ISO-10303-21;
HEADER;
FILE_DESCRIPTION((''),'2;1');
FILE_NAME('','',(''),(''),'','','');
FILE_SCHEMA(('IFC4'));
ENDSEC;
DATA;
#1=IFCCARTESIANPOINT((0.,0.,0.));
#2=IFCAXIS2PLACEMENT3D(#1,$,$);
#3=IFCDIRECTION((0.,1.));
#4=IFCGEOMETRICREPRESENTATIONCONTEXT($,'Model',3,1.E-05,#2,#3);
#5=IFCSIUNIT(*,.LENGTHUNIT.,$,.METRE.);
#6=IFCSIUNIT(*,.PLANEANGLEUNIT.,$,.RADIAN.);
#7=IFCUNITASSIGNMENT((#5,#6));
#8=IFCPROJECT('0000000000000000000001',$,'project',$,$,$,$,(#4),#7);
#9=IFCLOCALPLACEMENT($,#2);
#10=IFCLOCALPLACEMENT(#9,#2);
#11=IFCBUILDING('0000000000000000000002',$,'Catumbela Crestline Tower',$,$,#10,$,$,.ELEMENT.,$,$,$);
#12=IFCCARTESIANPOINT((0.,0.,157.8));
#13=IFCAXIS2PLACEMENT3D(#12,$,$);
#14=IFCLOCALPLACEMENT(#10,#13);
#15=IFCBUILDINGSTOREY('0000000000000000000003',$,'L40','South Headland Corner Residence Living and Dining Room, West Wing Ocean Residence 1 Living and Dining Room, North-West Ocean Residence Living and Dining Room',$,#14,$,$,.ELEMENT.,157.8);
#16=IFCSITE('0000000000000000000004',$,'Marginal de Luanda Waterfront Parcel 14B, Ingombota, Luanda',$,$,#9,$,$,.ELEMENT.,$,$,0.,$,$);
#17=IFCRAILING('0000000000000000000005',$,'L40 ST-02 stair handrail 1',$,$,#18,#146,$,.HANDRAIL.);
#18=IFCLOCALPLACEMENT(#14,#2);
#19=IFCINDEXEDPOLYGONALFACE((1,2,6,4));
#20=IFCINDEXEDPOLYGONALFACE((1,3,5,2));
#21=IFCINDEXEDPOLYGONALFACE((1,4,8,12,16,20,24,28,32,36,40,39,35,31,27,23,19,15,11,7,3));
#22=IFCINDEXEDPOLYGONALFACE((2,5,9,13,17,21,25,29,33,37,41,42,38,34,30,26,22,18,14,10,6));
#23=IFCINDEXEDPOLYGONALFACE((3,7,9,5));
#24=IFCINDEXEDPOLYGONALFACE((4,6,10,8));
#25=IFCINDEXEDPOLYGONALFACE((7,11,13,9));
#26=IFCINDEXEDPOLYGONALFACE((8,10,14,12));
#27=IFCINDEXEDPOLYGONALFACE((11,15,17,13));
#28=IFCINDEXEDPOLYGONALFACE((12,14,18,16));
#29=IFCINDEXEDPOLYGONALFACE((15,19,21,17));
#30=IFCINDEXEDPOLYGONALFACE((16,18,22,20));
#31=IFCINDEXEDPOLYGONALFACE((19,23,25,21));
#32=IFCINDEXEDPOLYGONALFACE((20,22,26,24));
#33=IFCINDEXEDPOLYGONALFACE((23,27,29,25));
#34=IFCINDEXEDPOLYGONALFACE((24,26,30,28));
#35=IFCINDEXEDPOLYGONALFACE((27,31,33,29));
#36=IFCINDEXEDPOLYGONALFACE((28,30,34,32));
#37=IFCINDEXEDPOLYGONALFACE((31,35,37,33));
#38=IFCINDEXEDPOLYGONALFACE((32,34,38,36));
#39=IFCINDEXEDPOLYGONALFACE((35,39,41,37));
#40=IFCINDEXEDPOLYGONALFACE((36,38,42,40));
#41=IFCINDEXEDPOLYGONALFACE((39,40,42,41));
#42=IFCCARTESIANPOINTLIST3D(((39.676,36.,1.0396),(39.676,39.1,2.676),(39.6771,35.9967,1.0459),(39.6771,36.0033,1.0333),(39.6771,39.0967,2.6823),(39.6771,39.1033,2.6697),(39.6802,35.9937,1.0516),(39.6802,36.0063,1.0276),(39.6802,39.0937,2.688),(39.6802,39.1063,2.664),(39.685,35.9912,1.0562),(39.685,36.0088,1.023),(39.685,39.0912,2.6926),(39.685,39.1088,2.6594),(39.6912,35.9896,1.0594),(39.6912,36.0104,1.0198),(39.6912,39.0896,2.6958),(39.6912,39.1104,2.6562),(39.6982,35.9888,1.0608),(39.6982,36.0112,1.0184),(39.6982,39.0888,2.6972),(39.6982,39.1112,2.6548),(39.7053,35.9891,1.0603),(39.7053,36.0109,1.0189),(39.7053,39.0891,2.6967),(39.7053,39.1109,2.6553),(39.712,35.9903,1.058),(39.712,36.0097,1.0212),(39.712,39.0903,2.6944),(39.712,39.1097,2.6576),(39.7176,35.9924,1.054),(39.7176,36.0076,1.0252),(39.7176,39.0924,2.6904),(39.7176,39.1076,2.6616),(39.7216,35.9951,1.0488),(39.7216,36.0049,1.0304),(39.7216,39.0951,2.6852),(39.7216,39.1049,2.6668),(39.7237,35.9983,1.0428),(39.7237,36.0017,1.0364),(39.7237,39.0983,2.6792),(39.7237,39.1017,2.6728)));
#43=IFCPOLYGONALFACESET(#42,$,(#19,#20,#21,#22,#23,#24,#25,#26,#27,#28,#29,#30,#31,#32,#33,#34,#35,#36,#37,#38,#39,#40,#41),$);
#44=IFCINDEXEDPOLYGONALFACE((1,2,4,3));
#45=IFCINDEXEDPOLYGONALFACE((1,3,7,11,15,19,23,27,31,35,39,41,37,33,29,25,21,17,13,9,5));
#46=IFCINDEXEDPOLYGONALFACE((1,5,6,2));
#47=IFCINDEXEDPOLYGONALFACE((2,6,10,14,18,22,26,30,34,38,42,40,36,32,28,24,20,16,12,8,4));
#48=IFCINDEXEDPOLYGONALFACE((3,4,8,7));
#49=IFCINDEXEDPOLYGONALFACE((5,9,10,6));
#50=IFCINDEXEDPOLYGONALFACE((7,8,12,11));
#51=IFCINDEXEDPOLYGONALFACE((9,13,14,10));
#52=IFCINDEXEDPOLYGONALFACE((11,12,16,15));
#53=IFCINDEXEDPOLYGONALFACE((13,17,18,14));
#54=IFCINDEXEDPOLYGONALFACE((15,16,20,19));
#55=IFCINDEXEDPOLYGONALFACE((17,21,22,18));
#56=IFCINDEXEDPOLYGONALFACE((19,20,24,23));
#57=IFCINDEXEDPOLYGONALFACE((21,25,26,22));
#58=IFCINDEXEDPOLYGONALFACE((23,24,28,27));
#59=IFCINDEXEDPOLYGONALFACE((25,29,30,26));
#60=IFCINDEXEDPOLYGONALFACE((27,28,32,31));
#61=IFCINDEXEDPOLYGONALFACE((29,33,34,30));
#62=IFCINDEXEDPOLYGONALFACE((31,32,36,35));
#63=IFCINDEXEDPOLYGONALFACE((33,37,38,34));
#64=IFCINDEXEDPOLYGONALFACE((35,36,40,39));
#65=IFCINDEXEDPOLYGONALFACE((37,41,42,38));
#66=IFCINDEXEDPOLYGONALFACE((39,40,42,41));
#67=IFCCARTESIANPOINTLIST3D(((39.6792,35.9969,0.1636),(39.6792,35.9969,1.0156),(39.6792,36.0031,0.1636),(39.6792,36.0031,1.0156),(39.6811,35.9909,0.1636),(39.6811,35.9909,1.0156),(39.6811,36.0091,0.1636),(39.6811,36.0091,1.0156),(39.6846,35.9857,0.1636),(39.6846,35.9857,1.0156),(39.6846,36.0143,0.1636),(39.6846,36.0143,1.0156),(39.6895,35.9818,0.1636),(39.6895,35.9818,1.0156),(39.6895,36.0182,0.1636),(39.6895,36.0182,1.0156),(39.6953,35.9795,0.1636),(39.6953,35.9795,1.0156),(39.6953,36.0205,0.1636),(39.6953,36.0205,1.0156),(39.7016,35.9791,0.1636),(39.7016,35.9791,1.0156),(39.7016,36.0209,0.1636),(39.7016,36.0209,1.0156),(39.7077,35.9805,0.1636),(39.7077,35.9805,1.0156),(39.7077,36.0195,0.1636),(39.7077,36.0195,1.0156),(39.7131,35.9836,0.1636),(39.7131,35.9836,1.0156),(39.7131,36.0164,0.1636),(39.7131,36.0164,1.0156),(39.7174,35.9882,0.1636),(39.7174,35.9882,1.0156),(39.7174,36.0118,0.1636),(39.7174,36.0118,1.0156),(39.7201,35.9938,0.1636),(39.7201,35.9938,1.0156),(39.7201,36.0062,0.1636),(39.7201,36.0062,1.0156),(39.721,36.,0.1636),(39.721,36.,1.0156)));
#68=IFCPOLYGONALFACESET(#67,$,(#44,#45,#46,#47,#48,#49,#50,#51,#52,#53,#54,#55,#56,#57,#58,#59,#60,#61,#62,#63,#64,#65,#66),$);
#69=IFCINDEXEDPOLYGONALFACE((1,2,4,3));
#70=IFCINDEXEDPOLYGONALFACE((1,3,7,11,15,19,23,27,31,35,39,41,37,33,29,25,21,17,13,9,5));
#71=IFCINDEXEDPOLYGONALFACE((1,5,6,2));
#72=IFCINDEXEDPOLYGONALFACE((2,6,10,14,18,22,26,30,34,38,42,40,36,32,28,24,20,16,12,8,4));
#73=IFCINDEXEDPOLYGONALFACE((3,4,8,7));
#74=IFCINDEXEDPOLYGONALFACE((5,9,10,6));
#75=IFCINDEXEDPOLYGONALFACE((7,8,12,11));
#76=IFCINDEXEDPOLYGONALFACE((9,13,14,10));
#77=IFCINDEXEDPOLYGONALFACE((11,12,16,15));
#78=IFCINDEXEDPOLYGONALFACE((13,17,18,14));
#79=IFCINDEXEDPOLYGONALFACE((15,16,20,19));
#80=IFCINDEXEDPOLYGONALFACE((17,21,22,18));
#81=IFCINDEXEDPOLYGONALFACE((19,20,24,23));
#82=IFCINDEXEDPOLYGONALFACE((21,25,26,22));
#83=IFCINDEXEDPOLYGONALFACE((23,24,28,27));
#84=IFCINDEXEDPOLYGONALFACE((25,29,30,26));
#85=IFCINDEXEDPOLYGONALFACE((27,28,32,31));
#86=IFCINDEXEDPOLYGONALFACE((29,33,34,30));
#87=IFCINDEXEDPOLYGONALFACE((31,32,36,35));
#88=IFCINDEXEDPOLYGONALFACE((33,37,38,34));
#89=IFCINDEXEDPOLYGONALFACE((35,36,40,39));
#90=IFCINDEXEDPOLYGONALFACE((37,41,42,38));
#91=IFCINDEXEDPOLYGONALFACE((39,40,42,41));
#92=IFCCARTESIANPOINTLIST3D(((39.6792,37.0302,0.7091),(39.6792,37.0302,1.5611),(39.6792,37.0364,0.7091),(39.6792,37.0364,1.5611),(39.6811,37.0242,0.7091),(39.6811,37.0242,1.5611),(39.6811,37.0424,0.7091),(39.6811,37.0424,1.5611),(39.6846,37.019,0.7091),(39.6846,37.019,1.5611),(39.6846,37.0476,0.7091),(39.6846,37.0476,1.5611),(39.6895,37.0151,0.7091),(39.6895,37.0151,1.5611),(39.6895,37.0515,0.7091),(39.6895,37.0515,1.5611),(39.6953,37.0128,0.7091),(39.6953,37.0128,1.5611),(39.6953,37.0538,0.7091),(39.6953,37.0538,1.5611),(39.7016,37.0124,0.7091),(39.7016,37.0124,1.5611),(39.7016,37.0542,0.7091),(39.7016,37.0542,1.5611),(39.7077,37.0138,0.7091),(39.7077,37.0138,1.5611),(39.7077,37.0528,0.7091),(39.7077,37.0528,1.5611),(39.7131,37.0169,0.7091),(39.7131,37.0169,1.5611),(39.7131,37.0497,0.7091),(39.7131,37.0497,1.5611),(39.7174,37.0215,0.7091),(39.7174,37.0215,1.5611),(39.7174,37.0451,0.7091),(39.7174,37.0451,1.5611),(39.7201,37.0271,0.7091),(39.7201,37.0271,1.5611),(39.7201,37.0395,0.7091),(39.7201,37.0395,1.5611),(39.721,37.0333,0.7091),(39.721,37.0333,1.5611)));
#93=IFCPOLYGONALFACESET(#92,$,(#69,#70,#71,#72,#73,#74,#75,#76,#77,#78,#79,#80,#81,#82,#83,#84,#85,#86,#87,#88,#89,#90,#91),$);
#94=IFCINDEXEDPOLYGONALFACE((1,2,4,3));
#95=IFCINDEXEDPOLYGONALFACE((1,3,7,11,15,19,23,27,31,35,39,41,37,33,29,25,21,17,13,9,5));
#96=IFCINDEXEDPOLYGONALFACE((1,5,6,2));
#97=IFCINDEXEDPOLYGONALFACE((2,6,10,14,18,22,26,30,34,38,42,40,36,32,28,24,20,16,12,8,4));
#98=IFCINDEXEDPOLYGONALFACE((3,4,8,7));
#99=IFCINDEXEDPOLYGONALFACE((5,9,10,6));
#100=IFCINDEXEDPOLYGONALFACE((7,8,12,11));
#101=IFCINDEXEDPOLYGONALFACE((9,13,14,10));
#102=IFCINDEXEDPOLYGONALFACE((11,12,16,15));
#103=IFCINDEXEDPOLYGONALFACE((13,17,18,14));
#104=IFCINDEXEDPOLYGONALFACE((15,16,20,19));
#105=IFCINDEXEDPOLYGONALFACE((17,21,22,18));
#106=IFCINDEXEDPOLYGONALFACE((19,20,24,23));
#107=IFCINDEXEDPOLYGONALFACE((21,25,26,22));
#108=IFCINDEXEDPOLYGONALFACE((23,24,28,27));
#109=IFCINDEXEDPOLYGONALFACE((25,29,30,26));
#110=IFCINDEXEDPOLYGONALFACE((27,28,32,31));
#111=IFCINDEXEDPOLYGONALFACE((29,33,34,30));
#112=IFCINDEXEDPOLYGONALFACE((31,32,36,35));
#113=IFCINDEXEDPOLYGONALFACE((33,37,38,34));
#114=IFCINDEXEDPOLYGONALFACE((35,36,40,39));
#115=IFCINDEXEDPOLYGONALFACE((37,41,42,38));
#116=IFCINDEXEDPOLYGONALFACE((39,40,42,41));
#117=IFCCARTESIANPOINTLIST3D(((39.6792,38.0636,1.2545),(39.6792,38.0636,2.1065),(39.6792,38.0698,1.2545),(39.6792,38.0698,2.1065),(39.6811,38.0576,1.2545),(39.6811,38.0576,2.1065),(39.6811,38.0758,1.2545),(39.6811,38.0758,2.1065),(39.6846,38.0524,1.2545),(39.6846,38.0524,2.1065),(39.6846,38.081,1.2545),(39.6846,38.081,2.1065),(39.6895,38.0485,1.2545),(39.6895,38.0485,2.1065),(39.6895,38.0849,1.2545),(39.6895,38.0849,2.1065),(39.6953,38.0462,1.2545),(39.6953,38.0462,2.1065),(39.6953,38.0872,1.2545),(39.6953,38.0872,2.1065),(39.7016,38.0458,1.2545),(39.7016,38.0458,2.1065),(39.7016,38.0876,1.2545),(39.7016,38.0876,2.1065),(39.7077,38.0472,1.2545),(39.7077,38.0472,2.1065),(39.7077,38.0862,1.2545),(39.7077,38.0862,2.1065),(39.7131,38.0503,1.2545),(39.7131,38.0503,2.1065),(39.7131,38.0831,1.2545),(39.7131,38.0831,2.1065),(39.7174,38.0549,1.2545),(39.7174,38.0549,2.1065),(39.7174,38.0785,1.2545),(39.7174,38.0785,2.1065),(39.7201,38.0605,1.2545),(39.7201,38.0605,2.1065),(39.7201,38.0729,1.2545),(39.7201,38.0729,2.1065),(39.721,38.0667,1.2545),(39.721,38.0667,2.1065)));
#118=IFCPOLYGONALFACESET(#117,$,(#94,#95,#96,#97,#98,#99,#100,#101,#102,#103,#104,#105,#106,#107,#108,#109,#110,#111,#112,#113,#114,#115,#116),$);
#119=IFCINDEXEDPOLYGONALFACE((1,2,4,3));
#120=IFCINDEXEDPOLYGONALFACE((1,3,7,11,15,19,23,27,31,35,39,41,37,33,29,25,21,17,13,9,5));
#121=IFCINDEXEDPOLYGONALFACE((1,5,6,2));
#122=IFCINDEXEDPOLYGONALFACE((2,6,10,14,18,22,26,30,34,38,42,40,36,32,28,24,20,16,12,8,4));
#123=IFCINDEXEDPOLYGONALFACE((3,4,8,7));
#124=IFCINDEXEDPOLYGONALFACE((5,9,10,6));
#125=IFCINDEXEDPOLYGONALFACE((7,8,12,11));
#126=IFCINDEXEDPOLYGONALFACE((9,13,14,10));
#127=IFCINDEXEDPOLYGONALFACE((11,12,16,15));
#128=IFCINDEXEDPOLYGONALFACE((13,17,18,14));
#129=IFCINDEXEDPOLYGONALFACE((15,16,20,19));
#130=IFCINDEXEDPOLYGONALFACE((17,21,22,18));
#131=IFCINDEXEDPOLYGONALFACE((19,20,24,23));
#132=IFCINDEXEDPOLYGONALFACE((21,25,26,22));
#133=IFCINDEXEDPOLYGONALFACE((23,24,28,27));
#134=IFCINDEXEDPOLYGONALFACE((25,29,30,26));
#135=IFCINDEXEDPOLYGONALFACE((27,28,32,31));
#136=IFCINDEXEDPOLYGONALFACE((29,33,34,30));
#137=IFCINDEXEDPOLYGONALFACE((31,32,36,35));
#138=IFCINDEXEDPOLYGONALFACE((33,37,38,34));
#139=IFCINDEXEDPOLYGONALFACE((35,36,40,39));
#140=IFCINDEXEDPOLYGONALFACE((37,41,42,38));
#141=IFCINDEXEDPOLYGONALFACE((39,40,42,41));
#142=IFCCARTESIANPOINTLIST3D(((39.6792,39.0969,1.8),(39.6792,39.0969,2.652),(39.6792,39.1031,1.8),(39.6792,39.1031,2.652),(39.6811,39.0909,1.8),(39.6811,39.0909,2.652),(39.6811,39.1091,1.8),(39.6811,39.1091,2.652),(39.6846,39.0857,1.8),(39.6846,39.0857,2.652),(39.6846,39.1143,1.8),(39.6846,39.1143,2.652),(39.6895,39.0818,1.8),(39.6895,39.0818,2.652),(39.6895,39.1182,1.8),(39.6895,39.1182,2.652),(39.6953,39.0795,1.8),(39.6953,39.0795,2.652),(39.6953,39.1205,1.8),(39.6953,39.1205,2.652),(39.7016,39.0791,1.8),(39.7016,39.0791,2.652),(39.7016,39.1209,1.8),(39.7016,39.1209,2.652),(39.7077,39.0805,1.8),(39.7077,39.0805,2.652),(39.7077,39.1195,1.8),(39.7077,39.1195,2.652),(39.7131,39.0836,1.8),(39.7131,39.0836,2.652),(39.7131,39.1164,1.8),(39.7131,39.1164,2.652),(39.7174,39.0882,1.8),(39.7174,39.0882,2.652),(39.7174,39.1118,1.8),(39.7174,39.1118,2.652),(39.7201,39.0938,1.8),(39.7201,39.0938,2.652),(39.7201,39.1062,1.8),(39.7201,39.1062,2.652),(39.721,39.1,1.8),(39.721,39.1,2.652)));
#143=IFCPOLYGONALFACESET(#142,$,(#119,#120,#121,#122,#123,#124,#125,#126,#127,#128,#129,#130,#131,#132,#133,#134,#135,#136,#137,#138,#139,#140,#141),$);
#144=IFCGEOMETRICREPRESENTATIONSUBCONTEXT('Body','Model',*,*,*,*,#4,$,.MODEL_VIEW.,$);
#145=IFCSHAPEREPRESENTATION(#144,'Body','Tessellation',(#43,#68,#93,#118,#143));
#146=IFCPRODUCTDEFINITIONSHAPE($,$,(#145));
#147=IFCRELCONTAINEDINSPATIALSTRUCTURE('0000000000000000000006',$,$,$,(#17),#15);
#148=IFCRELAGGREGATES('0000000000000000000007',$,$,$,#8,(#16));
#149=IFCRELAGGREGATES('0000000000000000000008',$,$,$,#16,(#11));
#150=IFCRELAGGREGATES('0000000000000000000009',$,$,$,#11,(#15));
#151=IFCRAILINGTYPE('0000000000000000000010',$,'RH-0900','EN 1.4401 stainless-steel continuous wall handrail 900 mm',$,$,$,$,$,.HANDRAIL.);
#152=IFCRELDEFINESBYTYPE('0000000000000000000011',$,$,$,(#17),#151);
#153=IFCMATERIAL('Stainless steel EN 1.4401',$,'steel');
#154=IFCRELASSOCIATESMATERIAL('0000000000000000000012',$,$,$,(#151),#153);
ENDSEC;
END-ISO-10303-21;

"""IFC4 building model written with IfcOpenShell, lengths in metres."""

from ifc_helpers import new_model, si_unit, direction, frame, origin, origin_2d, place, context, subcontext, project, spatial, circle, extrude, material, type_object, element, save


model = new_model("IFC4")

# Units and contexts
model_context = context("Model", 3, precision=1e-05, world=origin(), true_north=direction((0.0, 1.0)))
body_context = subcontext(model_context, "Body", "Model", "MODEL_VIEW")
ifc_project = project(units=[si_unit("LENGTHUNIT", "METRE"), si_unit("PLANEANGLEUNIT", "RADIAN")], contexts=[model_context])

# Site, building, storey
site_placement = place(None, origin())
site = spatial("IfcSite", under=ifc_project, at=site_placement, Name="Marginal de Luanda Waterfront Parcel 14B, Ingombota, Luanda", CompositionType="ELEMENT", RefElevation=0.0)
building_placement = place(site_placement, origin())
building = spatial("IfcBuilding", under=site, at=building_placement, Name="Catumbela Crestline Tower", CompositionType="ELEMENT")
storey_placement = place(building_placement, frame((0.0, 0.0, 157.8)))
storey = spatial("IfcBuildingStorey", under=building, at=storey_placement, Name="L40", Description="South Headland Corner Residence Living and Dining Room, West Wing Ocean Residence 1 Living and Dining Room, North-West Ocean Residence Living and Dining Room", CompositionType="ELEMENT", Elevation=157.8)

# Shared definitions
ifc_material_1 = material(Name="Stainless steel EN 1.4401", Category="steel")

# Railing
railing_type_1 = type_object("IfcRailingType", Name="RH-0900", Description="EN 1.4401 stainless-steel continuous wall handrail 900 mm", PredefinedType="HANDRAIL", material=ifc_material_1)
railing_1_placement = place(storey_placement, frame((39.7, 36.0, 0.1636)))
element("IfcRailing", 1, at=railing_1_placement, inside=storey, type_object=railing_type_1, Name="L40 ST-02 stair handrail 1", PredefinedType="HANDRAIL", context=body_context, shape_type="SweptSolid", body=[
    extrude(circle(Radius=0.024, at=origin_2d()), frame((0.0, 0.0, 0.876), z_axis=(0.0, 0.884351, 0.466823), x_axis=(-1.0, 0.0, 0.0)), (0.0, 0.0, 1.0), 3.5054),
    extrude(circle(Radius=0.021, at=origin_2d()), origin(), (0.0, 0.0, 1.0), 0.852),
    extrude(circle(Radius=0.021, at=origin_2d()), frame((0.0, 1.0333, 0.5455)), (0.0, 0.0, 1.0), 0.852),
    extrude(circle(Radius=0.021, at=origin_2d()), frame((0.0, 2.0667, 1.0909)), (0.0, 0.0, 1.0), 0.852),
    extrude(circle(Radius=0.021, at=origin_2d()), frame((0.0, 3.1, 1.6364)), (0.0, 0.0, 1.0), 0.852),
])

save(model, "model.ifc")
